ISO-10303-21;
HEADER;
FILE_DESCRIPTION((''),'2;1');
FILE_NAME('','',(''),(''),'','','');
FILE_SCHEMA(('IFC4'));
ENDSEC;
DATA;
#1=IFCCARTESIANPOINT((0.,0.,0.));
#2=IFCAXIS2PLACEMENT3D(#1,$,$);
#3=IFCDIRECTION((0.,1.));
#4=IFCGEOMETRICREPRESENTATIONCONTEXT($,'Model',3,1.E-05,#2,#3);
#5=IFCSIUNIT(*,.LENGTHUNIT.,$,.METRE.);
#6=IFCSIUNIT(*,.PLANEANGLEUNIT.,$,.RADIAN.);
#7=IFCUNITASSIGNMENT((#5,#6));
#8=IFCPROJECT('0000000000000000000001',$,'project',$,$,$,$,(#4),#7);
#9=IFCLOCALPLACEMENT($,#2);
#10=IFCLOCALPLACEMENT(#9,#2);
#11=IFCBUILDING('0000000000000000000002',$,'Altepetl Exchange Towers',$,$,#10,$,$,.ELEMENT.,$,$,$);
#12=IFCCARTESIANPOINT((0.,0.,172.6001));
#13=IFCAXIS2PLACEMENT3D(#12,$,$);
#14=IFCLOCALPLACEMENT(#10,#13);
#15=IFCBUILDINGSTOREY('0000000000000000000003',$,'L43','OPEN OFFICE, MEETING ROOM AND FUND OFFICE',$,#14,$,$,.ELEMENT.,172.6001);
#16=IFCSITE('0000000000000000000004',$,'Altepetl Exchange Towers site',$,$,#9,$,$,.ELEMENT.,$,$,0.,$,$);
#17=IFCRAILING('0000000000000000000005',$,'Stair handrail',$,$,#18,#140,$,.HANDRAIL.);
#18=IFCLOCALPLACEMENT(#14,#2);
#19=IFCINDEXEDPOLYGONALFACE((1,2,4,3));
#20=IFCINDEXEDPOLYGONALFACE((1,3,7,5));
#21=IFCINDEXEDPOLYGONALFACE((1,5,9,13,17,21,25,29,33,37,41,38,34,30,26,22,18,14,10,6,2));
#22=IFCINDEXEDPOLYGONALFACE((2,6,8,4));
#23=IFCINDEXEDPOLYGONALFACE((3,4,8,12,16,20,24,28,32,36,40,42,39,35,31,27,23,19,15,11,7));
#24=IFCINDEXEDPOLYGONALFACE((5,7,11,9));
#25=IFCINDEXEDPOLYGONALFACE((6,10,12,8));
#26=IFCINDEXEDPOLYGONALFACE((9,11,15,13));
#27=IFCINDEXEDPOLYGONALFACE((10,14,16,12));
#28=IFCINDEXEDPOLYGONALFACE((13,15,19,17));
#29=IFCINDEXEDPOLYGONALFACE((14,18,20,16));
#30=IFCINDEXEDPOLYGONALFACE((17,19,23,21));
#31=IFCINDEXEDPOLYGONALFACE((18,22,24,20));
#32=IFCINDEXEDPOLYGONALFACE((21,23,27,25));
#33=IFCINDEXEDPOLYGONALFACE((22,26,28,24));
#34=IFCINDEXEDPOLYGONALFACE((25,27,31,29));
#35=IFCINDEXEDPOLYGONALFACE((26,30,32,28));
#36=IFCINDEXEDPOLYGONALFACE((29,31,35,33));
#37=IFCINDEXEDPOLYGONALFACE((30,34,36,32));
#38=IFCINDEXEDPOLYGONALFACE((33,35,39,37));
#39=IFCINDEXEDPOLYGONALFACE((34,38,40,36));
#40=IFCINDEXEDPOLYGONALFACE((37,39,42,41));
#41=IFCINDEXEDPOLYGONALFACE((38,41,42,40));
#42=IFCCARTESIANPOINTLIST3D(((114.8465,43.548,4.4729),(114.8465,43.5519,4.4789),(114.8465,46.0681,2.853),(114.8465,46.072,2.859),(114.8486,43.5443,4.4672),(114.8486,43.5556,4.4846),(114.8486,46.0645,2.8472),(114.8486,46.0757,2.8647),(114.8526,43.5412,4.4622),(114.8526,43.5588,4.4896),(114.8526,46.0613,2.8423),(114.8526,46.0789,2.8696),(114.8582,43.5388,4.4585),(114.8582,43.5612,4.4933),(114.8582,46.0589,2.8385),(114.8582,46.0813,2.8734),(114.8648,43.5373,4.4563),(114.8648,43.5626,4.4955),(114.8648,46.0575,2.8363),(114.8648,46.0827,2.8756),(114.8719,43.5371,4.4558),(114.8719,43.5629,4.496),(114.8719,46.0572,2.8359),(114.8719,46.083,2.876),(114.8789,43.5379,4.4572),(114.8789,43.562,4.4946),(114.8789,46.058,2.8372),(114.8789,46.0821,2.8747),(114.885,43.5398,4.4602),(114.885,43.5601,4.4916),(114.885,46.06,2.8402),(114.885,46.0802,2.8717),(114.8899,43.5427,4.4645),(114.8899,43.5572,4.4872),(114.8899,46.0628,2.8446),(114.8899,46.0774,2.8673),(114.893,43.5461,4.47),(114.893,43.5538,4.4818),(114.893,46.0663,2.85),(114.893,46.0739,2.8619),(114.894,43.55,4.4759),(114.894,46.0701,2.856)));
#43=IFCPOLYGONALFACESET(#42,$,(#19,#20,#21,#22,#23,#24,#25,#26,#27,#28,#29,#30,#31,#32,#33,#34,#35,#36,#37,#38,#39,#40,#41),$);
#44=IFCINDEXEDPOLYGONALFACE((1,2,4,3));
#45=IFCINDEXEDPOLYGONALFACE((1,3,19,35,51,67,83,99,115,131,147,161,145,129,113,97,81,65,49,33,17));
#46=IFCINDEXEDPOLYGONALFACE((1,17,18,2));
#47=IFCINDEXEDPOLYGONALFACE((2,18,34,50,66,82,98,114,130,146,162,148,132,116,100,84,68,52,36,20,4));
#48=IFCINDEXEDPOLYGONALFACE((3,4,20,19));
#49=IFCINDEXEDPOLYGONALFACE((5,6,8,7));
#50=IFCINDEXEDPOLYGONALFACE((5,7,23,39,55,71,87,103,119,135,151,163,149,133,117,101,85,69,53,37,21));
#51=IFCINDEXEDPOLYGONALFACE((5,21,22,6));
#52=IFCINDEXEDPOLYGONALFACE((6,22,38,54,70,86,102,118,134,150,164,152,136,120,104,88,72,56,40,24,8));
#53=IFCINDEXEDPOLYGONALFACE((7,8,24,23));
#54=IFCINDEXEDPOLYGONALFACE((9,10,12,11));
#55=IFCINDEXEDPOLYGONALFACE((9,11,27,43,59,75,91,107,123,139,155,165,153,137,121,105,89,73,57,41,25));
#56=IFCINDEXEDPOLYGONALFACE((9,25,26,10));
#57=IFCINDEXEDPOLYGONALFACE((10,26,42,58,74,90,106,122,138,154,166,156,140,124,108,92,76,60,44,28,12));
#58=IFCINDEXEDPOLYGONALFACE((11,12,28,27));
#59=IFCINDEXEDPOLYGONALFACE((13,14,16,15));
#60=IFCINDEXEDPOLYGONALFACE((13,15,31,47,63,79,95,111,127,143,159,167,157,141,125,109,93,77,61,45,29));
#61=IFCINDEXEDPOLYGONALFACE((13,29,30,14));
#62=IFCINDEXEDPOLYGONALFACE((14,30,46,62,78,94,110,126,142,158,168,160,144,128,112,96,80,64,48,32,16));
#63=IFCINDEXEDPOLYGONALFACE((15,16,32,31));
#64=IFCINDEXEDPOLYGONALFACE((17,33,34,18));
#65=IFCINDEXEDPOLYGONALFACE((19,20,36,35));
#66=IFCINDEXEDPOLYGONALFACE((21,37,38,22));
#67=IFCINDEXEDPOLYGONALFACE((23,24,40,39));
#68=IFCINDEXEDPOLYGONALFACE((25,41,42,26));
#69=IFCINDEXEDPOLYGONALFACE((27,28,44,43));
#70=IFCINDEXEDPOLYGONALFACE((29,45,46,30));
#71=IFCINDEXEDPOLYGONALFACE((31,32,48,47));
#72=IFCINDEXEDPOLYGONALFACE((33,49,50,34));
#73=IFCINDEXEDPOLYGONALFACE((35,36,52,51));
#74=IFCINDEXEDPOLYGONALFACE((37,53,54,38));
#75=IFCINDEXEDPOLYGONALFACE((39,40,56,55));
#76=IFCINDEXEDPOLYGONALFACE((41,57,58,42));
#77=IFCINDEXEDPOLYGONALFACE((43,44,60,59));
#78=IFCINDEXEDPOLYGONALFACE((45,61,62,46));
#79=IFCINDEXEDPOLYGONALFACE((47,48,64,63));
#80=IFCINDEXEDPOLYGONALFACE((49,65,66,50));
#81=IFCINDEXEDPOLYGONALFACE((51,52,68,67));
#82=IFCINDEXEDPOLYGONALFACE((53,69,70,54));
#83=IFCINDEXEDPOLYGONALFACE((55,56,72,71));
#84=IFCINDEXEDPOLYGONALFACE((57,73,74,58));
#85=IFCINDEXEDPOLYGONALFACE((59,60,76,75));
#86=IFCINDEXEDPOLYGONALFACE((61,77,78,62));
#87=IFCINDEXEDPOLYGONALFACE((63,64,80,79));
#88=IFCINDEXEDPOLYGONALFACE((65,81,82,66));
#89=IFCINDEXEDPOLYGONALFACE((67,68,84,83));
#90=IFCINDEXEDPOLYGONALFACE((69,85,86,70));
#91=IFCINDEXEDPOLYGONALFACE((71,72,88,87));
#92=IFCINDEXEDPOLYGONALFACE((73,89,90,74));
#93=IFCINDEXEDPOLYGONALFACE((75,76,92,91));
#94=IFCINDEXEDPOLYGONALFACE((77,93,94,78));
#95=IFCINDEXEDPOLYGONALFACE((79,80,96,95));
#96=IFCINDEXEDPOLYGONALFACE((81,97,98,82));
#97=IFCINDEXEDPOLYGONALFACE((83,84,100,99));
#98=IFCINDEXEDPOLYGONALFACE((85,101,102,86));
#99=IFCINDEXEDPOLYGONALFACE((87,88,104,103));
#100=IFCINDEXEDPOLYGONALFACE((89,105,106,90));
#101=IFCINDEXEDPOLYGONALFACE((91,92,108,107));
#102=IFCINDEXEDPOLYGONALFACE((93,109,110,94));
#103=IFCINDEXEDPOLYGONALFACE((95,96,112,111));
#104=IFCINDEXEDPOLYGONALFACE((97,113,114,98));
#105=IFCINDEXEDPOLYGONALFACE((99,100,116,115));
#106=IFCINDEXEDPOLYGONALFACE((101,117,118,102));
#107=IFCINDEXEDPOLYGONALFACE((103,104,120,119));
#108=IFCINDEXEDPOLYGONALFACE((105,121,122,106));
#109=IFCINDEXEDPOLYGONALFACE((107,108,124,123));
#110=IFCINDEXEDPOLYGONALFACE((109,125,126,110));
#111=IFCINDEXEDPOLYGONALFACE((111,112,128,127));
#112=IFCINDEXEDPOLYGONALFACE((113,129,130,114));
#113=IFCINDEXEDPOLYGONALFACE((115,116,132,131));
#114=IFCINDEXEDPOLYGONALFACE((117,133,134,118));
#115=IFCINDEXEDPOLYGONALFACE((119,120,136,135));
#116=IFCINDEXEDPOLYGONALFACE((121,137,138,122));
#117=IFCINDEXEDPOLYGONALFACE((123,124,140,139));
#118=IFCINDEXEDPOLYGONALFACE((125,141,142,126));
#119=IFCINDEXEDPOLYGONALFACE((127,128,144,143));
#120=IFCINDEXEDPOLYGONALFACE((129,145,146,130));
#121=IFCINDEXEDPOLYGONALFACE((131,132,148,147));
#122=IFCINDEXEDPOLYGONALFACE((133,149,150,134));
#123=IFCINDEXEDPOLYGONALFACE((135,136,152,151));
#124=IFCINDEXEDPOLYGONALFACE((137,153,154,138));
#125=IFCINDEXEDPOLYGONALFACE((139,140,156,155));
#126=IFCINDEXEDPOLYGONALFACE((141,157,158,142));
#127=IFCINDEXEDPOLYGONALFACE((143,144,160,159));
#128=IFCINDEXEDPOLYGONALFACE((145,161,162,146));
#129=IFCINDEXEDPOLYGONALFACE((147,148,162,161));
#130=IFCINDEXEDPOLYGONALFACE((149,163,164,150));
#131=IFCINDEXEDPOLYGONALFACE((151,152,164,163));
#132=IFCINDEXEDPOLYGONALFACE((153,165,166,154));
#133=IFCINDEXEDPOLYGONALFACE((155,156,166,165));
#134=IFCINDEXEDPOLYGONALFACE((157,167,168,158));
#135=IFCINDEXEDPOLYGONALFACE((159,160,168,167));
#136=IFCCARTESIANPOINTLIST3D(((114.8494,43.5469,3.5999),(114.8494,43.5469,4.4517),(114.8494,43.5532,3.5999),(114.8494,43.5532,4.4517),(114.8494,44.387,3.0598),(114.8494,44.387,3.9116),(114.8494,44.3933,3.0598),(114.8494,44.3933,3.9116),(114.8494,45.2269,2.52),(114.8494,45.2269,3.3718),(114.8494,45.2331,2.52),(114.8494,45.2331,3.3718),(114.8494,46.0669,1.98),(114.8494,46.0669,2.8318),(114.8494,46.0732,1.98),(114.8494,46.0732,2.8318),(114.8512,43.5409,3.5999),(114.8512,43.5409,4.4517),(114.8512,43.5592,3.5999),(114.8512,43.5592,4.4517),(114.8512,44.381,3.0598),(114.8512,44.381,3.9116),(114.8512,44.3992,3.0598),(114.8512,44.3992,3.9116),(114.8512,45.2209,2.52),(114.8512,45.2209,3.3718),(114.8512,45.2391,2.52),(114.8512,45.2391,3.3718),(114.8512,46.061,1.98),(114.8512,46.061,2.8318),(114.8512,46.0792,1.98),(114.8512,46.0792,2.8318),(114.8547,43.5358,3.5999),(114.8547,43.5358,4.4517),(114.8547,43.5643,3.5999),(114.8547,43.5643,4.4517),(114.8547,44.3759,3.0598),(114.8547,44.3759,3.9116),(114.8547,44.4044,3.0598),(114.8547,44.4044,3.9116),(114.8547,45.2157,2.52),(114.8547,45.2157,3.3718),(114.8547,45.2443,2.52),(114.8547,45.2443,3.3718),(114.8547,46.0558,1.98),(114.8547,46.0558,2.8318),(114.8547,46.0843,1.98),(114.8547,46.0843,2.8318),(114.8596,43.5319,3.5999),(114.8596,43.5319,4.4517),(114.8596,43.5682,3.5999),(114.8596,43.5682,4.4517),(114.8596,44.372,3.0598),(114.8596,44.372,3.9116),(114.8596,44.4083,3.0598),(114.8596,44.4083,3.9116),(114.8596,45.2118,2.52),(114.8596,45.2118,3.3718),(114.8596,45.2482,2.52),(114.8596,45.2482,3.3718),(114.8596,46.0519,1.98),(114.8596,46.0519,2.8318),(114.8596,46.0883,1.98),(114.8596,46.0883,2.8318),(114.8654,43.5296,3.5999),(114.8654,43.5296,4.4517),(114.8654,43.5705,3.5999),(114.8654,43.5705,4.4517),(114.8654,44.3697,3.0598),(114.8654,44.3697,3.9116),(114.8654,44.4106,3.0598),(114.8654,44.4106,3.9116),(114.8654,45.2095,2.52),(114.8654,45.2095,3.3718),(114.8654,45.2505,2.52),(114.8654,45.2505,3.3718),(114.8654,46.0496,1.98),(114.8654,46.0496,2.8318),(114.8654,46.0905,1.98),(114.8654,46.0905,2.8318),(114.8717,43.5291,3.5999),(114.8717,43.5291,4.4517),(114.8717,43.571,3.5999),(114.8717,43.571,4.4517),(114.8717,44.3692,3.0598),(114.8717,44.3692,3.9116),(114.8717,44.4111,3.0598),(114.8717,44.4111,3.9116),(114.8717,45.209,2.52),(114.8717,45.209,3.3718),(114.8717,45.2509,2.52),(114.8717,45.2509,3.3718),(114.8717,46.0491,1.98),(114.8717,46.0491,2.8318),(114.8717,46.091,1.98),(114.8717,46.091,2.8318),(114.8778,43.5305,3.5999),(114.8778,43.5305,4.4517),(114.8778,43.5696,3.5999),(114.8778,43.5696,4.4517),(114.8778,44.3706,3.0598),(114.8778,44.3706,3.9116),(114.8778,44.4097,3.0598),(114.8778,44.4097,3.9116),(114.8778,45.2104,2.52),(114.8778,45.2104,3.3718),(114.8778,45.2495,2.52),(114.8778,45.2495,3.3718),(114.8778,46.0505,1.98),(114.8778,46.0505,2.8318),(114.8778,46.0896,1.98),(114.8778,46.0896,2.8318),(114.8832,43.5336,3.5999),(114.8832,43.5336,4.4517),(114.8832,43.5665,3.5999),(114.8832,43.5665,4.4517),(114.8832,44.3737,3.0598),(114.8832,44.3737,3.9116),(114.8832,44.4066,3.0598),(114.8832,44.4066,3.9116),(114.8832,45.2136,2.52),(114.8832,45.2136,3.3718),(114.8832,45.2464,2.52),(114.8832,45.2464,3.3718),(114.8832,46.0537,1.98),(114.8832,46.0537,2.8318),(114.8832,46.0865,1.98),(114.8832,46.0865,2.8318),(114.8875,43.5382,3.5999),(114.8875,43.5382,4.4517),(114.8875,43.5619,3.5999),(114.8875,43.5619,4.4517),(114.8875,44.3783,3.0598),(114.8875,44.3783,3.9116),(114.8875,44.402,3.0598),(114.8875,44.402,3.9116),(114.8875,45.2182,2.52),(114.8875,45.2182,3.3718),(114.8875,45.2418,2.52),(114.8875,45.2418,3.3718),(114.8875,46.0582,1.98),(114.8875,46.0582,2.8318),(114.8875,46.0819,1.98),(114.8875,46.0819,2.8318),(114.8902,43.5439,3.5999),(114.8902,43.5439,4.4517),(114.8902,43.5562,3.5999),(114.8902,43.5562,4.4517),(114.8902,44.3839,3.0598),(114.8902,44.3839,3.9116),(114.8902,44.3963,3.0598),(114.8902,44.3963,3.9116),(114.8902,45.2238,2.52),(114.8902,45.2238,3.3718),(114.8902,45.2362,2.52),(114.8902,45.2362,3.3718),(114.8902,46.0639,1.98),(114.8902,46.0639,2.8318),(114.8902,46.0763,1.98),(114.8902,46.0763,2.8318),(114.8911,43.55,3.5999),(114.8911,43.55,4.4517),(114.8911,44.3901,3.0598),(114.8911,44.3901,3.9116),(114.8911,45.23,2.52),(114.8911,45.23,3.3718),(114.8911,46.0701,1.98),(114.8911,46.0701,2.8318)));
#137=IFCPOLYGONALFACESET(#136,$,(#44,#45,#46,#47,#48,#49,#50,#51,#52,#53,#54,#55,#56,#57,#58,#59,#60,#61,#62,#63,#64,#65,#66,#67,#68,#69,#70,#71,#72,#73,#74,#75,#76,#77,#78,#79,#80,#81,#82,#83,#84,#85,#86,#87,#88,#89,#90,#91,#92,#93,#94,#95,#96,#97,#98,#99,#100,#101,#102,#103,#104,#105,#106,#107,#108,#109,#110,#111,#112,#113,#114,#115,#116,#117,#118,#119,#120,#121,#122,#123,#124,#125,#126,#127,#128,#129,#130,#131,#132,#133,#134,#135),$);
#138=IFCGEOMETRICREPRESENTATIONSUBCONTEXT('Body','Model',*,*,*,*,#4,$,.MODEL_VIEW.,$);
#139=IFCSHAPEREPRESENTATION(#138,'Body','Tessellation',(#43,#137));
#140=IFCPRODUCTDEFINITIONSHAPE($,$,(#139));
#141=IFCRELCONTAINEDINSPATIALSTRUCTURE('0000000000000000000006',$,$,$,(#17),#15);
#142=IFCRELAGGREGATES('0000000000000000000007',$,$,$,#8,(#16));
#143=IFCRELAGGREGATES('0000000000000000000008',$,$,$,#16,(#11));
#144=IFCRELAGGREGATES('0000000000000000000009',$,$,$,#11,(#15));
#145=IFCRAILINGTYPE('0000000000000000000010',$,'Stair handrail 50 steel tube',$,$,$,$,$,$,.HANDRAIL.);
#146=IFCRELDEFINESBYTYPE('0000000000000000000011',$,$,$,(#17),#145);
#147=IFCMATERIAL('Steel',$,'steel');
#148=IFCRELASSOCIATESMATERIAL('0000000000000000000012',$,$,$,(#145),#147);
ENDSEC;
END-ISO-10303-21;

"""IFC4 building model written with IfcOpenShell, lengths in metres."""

from ifc_helpers import new_model, si_unit, direction, frame, origin, origin_2d, place, context, subcontext, project, spatial, circle, extrude, source, transform, mapped, material, type_object, element, save


model = new_model("IFC4")

# Units and contexts
model_context = context("Model", 3, precision=1e-05, world=origin(), true_north=direction((0.0, 1.0)))
body_context = subcontext(model_context, "Body", "Model", "MODEL_VIEW")
ifc_project = project(units=[si_unit("LENGTHUNIT", "METRE"), si_unit("PLANEANGLEUNIT", "RADIAN")], contexts=[model_context])

# Site, building, storey
site_placement = place(None, origin())
site = spatial("IfcSite", under=ifc_project, at=site_placement, Name="Altepetl Exchange Towers site", CompositionType="ELEMENT", RefElevation=0.0)
building_placement = place(site_placement, origin())
building = spatial("IfcBuilding", under=site, at=building_placement, Name="Altepetl Exchange Towers", CompositionType="ELEMENT")
storey_placement = place(building_placement, frame((0.0, 0.0, 172.6001)))
storey = spatial("IfcBuildingStorey", under=building, at=storey_placement, Name="L43", Description="OPEN OFFICE, MEETING ROOM AND FUND OFFICE", CompositionType="ELEMENT", Elevation=172.6001)

# Railing
ifc_material_1 = material(Name="Steel", Category="steel")
railing_type = type_object("IfcRailingType", Name="Stair handrail 50 steel tube", PredefinedType="HANDRAIL", material=ifc_material_1)
shared_shape = source(origin(), body_context, "Body", "SweptSolid", [
    extrude(circle(Radius=0.021, at=origin_2d()), origin(), (0.0, 0.0, 1.0), 0.8518),
])
railing_1_placement = place(storey_placement, frame((114.8701, 46.0701, 1.98)))
element("IfcRailing", 1, at=railing_1_placement, inside=storey, type_object=railing_type, Name="Stair handrail", PredefinedType="HANDRAIL", context=body_context, shape_type="SweptSolid", body=[
    extrude(circle(Radius=0.0239, at=origin_2d()), frame((0.0, 0.0, 0.876), z_axis=(0.0, -0.8412, 0.540725), x_axis=(1.0, 0.0, 0.0)), (0.0, 0.0, 1.0), 2.9958),
    mapped(shared_shape, transform((0.0, 0.0, 0.0))),
    mapped(shared_shape, transform((0.0, -0.8401, 0.54))),
    mapped(shared_shape, transform((0.0, -1.6799, 1.0798))),
    mapped(shared_shape, transform((0.0, -2.52, 1.6199))),
])

save(model, "model.ifc")
